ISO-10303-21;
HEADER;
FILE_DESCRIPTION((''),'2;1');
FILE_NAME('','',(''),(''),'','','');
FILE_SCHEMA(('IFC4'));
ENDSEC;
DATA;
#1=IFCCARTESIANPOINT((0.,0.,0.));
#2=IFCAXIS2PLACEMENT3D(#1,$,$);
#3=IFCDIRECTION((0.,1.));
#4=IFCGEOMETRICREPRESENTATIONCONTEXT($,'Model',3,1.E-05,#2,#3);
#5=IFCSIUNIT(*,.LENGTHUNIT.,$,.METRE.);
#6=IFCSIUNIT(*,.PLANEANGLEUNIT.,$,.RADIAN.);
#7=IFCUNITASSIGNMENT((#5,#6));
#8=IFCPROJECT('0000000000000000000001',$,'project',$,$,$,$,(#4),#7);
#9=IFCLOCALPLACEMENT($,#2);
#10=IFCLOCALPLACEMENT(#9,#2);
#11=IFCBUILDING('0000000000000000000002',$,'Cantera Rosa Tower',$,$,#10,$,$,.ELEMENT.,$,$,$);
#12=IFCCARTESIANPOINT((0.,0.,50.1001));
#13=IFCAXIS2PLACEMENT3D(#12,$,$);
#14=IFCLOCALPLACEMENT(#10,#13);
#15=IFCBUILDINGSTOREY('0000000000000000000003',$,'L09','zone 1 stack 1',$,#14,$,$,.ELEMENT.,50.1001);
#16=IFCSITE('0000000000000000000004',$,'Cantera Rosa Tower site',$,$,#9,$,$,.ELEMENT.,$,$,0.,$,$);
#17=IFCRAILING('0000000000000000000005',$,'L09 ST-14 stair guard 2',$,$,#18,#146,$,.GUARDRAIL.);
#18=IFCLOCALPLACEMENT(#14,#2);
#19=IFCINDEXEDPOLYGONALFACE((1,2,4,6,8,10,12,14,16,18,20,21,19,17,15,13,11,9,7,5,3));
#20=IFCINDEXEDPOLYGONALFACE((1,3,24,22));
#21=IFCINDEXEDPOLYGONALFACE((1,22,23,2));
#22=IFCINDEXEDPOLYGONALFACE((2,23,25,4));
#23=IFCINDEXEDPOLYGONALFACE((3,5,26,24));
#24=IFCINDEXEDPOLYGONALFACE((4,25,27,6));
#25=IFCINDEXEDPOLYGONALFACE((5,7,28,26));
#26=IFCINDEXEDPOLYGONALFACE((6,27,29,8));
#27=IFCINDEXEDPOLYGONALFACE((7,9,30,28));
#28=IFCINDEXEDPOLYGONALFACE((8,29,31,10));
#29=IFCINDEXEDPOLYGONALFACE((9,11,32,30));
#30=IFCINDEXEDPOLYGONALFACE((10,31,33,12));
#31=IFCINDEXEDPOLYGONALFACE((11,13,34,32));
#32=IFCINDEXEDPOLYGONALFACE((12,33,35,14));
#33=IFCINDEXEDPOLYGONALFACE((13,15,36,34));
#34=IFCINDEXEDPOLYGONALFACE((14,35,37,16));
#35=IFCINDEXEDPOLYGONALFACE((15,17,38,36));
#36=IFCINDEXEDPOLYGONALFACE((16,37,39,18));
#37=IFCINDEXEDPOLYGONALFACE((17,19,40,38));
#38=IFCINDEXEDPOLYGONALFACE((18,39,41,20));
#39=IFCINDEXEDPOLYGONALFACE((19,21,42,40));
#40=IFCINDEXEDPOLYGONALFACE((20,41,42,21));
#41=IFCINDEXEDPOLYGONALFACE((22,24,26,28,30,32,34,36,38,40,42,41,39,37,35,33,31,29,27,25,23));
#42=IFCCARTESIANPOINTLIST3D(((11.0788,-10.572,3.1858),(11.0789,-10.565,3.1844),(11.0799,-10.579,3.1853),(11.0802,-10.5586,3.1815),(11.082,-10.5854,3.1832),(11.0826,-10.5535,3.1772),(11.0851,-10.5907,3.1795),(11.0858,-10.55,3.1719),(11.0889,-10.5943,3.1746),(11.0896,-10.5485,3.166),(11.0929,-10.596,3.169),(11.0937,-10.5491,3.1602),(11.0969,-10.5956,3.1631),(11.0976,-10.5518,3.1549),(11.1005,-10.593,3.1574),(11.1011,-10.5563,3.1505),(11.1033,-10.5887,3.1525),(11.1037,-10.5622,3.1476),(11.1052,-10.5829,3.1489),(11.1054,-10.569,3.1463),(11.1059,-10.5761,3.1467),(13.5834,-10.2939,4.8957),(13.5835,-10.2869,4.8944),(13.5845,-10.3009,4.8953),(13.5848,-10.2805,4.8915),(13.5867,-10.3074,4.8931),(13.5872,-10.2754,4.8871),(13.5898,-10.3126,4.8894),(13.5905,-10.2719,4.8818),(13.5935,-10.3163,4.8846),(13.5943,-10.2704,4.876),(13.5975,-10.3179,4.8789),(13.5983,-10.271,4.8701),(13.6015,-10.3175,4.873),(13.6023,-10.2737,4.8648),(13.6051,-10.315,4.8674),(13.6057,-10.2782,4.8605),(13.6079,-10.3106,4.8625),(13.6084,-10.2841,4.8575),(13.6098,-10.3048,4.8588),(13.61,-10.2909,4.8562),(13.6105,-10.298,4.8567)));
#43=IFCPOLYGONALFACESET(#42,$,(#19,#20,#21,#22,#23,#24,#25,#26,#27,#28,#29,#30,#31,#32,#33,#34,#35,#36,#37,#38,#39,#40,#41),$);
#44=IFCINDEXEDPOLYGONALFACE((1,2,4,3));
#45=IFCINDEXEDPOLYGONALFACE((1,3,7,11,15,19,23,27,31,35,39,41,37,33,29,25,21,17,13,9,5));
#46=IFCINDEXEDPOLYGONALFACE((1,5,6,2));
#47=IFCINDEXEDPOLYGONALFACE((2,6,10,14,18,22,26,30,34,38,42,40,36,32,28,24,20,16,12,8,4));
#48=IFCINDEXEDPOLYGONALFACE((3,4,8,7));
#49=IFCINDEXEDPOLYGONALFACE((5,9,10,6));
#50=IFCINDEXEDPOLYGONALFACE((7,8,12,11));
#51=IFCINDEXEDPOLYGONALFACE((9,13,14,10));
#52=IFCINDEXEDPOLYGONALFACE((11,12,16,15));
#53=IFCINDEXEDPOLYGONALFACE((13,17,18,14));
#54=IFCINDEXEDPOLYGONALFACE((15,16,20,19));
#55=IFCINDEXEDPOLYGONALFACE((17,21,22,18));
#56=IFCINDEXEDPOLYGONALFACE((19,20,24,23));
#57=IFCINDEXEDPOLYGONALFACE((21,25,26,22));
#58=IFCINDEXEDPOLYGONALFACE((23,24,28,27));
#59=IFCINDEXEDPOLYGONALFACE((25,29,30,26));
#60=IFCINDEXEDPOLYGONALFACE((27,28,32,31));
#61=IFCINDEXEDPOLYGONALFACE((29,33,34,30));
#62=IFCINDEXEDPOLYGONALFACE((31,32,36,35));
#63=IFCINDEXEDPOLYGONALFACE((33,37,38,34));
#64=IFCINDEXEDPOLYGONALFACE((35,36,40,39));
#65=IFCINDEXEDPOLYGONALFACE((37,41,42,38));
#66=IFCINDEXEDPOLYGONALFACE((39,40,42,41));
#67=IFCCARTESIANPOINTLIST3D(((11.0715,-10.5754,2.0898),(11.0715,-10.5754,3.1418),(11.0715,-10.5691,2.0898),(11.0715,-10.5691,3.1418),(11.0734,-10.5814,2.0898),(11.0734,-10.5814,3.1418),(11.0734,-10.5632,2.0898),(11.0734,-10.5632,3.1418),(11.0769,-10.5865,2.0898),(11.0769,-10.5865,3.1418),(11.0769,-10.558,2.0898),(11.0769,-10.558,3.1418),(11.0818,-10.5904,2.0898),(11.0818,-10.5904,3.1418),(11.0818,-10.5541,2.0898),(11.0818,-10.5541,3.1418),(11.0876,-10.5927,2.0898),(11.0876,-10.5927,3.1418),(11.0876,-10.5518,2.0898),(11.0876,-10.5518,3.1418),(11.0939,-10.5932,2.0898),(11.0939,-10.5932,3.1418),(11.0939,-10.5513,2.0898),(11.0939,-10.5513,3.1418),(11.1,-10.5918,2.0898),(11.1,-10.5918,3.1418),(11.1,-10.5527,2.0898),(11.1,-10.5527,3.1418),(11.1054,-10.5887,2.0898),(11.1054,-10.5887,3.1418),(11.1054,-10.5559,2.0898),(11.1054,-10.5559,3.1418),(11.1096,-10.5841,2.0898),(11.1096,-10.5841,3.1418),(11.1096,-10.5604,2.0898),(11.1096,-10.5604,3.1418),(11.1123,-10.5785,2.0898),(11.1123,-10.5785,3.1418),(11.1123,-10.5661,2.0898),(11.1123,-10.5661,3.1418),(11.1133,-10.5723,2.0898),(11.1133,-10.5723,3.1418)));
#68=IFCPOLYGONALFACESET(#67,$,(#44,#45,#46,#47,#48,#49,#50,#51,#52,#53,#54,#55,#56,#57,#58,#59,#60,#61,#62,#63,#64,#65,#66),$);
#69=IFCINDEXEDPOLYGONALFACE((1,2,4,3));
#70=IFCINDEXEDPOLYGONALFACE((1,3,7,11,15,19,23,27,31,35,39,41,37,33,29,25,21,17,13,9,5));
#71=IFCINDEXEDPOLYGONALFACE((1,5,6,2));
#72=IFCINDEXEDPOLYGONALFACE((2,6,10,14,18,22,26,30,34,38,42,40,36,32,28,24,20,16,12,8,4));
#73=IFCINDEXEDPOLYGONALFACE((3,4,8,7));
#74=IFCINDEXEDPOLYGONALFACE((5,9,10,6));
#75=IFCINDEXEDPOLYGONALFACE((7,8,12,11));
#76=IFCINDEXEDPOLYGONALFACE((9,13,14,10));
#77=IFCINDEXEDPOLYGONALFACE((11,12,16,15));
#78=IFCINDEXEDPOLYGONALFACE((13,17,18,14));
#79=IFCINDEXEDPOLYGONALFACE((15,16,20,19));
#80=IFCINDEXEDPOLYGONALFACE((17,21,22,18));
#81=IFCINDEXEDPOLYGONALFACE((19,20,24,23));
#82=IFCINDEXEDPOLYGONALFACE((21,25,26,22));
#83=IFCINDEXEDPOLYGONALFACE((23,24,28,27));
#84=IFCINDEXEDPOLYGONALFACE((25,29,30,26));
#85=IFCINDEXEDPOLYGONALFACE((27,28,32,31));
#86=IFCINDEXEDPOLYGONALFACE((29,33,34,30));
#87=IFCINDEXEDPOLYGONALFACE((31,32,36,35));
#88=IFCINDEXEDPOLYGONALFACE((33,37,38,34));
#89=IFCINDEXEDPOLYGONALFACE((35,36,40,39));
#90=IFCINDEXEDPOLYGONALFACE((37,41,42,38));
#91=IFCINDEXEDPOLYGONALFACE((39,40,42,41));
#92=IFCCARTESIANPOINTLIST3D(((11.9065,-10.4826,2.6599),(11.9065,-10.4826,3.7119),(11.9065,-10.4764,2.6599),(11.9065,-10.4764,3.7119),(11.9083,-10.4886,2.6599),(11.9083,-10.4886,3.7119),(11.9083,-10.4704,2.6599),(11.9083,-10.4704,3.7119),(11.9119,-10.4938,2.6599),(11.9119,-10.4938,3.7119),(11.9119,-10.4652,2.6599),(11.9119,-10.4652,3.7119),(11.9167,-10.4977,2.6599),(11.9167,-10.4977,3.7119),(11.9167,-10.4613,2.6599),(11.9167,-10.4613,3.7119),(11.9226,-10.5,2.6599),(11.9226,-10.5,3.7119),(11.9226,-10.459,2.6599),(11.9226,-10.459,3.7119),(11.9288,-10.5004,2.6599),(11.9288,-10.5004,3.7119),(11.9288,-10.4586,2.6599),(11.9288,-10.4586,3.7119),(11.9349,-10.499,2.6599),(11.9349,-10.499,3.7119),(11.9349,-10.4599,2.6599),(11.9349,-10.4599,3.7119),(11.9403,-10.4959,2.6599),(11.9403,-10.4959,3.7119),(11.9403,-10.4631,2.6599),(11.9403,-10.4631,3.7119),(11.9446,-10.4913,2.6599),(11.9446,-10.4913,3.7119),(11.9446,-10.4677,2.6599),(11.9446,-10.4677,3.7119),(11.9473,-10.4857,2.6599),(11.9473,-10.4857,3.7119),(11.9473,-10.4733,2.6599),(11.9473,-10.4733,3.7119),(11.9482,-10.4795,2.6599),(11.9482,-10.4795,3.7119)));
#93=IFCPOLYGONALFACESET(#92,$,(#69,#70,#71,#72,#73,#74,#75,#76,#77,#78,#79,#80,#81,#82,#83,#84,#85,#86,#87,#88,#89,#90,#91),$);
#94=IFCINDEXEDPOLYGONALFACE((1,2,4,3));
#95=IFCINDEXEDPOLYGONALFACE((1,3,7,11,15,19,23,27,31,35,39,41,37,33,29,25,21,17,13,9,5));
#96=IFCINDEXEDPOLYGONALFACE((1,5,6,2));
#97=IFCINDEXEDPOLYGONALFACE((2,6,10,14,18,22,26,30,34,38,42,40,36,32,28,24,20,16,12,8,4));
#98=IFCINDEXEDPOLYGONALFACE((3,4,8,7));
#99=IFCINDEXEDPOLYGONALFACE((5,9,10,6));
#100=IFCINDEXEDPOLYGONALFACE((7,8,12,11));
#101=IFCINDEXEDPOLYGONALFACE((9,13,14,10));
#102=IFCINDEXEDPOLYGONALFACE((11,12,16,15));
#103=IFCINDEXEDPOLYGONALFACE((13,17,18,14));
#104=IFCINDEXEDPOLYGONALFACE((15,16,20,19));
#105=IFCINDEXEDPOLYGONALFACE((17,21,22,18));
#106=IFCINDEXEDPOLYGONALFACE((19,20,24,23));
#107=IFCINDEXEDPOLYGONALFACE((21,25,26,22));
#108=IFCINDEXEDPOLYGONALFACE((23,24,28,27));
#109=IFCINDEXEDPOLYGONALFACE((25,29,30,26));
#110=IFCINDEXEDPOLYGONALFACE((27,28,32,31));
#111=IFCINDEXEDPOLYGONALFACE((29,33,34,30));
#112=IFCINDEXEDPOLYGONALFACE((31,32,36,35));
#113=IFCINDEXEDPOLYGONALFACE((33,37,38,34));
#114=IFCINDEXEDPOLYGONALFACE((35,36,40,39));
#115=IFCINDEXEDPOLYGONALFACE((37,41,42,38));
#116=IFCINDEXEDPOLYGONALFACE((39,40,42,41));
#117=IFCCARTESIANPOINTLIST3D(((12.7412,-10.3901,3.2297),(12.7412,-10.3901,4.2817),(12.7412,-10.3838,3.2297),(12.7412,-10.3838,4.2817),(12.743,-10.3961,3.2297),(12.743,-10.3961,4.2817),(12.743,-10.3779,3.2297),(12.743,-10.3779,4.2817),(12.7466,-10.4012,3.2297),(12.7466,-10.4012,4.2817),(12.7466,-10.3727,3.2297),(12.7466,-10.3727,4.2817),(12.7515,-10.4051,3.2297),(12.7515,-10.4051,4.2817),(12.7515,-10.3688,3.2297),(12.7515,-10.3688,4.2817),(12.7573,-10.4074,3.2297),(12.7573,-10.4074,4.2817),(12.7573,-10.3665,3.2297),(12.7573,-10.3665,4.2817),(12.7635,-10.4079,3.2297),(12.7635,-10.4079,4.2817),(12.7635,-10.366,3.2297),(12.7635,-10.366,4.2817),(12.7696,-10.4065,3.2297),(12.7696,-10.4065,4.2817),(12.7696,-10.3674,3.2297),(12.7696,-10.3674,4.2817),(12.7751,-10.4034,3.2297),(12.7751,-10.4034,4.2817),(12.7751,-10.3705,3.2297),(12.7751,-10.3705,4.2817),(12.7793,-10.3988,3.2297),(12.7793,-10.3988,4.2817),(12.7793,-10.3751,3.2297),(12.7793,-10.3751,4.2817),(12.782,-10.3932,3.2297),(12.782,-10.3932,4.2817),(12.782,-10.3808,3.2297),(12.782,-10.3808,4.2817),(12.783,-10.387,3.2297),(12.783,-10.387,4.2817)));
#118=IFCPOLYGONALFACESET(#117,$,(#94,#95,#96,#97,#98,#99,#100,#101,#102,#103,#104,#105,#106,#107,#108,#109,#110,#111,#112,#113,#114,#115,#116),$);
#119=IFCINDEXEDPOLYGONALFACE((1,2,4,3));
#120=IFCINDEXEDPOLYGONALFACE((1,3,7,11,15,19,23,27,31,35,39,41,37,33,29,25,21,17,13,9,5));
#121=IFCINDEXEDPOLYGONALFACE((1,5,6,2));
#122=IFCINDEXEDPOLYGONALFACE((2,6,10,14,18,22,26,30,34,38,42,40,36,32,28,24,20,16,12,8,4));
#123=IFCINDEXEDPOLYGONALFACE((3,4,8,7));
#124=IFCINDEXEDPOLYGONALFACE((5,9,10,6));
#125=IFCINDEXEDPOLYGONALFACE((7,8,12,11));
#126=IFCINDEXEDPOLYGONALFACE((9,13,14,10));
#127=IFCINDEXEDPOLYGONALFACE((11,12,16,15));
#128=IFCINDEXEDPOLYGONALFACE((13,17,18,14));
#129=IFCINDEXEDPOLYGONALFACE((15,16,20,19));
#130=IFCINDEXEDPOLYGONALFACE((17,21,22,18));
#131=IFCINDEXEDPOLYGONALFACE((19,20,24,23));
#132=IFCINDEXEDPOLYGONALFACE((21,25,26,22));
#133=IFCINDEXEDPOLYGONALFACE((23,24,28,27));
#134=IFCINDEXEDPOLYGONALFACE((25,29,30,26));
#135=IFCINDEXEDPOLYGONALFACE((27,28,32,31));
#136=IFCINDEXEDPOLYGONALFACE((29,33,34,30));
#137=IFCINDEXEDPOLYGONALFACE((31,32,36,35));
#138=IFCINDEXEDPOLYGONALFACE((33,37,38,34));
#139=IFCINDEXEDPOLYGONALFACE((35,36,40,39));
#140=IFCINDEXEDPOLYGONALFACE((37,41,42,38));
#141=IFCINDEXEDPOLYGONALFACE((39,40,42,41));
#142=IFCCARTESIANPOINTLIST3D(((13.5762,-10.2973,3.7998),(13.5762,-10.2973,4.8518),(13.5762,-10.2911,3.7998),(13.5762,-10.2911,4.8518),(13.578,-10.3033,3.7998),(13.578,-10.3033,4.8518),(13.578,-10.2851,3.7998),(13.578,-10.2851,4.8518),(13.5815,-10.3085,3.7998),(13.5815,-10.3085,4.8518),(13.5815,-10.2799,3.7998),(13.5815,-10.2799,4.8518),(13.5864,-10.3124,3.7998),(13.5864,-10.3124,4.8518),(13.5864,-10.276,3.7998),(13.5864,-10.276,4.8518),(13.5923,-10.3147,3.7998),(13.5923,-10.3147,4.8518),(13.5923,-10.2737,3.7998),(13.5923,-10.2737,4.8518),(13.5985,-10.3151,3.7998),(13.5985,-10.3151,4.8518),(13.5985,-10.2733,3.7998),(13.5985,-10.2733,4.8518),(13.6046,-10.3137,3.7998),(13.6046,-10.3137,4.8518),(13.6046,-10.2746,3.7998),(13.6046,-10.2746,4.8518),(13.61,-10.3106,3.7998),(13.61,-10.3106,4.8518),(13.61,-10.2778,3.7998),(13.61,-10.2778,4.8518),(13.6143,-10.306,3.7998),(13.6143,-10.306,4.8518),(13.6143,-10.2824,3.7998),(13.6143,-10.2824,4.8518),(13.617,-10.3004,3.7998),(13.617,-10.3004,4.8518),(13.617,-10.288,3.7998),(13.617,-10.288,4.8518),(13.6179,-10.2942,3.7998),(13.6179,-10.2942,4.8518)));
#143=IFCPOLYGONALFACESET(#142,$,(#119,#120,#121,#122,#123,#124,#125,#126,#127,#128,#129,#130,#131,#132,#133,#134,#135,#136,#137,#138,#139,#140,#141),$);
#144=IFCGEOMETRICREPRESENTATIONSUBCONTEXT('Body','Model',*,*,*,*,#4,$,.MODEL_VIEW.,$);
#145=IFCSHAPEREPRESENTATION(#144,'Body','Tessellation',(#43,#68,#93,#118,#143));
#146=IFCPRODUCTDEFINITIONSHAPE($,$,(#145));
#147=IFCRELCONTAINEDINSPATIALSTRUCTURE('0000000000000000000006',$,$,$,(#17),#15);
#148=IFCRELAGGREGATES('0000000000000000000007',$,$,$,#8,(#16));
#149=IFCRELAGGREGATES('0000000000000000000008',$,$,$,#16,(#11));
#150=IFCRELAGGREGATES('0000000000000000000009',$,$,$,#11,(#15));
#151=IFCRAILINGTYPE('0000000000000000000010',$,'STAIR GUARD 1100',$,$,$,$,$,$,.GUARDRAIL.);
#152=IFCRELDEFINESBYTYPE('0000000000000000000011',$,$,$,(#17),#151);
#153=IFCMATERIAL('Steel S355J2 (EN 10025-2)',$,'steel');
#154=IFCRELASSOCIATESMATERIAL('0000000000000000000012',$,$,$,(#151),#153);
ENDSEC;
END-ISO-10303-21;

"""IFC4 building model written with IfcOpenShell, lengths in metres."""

from ifc_helpers import new_model, si_unit, direction, frame, origin, origin_2d, place, context, subcontext, project, spatial, circle, extrude, material, type_object, element, save


model = new_model("IFC4")

# Units and contexts
model_context = context("Model", 3, precision=1e-05, world=origin(), true_north=direction((0.0, 1.0)))
body_context = subcontext(model_context, "Body", "Model", "MODEL_VIEW")
ifc_project = project(units=[si_unit("LENGTHUNIT", "METRE"), si_unit("PLANEANGLEUNIT", "RADIAN")], contexts=[model_context])

# Site, building, storey
site_placement = place(None, origin())
site = spatial("IfcSite", under=ifc_project, at=site_placement, Name="Cantera Rosa Tower site", CompositionType="ELEMENT", RefElevation=0.0)
building_placement = place(site_placement, origin())
building = spatial("IfcBuilding", under=site, at=building_placement, Name="Cantera Rosa Tower", CompositionType="ELEMENT")
storey_placement = place(building_placement, frame((0.0, 0.0, 50.1001)))
storey = spatial("IfcBuildingStorey", under=building, at=storey_placement, Name="L09", Description="zone 1 stack 1", CompositionType="ELEMENT", Elevation=50.1001)

# Railing
ifc_material_1 = material(Name="Steel S355J2 (EN 10025-2)", Category="steel")
railing_type_1 = type_object("IfcRailingType", Name="STAIR GUARD 1100", PredefinedType="GUARDRAIL", material=ifc_material_1)
railing_1_placement = place(storey_placement, frame((11.0923, -10.5723, 2.0898)))
element("IfcRailing", 1, at=railing_1_placement, inside=storey, type_object=railing_type_1, Name="L09 ST-14 stair guard 2", PredefinedType="GUARDRAIL", context=body_context, shape_type="SweptSolid", body=[
    extrude(circle(Radius=0.0239, at=origin_2d()), frame((0.0, 0.0, 1.0762), z_axis=(0.822431, 0.09131, 0.561488), x_axis=(-0.110346, 0.993893, 0.0)), (0.0, 0.0, 1.0), 3.0454),
    extrude(circle(Radius=0.021, at=origin_2d()), origin(), (0.0, 0.0, 1.0), 1.052),
    extrude(circle(Radius=0.021, at=origin_2d()), frame((0.835, 0.0928, 0.5701)), (0.0, 0.0, 1.0), 1.052),
    extrude(circle(Radius=0.021, at=origin_2d()), frame((1.6697, 0.1853, 1.1399)), (0.0, 0.0, 1.0), 1.052),
    extrude(circle(Radius=0.021, at=origin_2d()), frame((2.5046, 0.2781, 1.71)), (0.0, 0.0, 1.0), 1.052),
])

save(model, "model.ifc")
